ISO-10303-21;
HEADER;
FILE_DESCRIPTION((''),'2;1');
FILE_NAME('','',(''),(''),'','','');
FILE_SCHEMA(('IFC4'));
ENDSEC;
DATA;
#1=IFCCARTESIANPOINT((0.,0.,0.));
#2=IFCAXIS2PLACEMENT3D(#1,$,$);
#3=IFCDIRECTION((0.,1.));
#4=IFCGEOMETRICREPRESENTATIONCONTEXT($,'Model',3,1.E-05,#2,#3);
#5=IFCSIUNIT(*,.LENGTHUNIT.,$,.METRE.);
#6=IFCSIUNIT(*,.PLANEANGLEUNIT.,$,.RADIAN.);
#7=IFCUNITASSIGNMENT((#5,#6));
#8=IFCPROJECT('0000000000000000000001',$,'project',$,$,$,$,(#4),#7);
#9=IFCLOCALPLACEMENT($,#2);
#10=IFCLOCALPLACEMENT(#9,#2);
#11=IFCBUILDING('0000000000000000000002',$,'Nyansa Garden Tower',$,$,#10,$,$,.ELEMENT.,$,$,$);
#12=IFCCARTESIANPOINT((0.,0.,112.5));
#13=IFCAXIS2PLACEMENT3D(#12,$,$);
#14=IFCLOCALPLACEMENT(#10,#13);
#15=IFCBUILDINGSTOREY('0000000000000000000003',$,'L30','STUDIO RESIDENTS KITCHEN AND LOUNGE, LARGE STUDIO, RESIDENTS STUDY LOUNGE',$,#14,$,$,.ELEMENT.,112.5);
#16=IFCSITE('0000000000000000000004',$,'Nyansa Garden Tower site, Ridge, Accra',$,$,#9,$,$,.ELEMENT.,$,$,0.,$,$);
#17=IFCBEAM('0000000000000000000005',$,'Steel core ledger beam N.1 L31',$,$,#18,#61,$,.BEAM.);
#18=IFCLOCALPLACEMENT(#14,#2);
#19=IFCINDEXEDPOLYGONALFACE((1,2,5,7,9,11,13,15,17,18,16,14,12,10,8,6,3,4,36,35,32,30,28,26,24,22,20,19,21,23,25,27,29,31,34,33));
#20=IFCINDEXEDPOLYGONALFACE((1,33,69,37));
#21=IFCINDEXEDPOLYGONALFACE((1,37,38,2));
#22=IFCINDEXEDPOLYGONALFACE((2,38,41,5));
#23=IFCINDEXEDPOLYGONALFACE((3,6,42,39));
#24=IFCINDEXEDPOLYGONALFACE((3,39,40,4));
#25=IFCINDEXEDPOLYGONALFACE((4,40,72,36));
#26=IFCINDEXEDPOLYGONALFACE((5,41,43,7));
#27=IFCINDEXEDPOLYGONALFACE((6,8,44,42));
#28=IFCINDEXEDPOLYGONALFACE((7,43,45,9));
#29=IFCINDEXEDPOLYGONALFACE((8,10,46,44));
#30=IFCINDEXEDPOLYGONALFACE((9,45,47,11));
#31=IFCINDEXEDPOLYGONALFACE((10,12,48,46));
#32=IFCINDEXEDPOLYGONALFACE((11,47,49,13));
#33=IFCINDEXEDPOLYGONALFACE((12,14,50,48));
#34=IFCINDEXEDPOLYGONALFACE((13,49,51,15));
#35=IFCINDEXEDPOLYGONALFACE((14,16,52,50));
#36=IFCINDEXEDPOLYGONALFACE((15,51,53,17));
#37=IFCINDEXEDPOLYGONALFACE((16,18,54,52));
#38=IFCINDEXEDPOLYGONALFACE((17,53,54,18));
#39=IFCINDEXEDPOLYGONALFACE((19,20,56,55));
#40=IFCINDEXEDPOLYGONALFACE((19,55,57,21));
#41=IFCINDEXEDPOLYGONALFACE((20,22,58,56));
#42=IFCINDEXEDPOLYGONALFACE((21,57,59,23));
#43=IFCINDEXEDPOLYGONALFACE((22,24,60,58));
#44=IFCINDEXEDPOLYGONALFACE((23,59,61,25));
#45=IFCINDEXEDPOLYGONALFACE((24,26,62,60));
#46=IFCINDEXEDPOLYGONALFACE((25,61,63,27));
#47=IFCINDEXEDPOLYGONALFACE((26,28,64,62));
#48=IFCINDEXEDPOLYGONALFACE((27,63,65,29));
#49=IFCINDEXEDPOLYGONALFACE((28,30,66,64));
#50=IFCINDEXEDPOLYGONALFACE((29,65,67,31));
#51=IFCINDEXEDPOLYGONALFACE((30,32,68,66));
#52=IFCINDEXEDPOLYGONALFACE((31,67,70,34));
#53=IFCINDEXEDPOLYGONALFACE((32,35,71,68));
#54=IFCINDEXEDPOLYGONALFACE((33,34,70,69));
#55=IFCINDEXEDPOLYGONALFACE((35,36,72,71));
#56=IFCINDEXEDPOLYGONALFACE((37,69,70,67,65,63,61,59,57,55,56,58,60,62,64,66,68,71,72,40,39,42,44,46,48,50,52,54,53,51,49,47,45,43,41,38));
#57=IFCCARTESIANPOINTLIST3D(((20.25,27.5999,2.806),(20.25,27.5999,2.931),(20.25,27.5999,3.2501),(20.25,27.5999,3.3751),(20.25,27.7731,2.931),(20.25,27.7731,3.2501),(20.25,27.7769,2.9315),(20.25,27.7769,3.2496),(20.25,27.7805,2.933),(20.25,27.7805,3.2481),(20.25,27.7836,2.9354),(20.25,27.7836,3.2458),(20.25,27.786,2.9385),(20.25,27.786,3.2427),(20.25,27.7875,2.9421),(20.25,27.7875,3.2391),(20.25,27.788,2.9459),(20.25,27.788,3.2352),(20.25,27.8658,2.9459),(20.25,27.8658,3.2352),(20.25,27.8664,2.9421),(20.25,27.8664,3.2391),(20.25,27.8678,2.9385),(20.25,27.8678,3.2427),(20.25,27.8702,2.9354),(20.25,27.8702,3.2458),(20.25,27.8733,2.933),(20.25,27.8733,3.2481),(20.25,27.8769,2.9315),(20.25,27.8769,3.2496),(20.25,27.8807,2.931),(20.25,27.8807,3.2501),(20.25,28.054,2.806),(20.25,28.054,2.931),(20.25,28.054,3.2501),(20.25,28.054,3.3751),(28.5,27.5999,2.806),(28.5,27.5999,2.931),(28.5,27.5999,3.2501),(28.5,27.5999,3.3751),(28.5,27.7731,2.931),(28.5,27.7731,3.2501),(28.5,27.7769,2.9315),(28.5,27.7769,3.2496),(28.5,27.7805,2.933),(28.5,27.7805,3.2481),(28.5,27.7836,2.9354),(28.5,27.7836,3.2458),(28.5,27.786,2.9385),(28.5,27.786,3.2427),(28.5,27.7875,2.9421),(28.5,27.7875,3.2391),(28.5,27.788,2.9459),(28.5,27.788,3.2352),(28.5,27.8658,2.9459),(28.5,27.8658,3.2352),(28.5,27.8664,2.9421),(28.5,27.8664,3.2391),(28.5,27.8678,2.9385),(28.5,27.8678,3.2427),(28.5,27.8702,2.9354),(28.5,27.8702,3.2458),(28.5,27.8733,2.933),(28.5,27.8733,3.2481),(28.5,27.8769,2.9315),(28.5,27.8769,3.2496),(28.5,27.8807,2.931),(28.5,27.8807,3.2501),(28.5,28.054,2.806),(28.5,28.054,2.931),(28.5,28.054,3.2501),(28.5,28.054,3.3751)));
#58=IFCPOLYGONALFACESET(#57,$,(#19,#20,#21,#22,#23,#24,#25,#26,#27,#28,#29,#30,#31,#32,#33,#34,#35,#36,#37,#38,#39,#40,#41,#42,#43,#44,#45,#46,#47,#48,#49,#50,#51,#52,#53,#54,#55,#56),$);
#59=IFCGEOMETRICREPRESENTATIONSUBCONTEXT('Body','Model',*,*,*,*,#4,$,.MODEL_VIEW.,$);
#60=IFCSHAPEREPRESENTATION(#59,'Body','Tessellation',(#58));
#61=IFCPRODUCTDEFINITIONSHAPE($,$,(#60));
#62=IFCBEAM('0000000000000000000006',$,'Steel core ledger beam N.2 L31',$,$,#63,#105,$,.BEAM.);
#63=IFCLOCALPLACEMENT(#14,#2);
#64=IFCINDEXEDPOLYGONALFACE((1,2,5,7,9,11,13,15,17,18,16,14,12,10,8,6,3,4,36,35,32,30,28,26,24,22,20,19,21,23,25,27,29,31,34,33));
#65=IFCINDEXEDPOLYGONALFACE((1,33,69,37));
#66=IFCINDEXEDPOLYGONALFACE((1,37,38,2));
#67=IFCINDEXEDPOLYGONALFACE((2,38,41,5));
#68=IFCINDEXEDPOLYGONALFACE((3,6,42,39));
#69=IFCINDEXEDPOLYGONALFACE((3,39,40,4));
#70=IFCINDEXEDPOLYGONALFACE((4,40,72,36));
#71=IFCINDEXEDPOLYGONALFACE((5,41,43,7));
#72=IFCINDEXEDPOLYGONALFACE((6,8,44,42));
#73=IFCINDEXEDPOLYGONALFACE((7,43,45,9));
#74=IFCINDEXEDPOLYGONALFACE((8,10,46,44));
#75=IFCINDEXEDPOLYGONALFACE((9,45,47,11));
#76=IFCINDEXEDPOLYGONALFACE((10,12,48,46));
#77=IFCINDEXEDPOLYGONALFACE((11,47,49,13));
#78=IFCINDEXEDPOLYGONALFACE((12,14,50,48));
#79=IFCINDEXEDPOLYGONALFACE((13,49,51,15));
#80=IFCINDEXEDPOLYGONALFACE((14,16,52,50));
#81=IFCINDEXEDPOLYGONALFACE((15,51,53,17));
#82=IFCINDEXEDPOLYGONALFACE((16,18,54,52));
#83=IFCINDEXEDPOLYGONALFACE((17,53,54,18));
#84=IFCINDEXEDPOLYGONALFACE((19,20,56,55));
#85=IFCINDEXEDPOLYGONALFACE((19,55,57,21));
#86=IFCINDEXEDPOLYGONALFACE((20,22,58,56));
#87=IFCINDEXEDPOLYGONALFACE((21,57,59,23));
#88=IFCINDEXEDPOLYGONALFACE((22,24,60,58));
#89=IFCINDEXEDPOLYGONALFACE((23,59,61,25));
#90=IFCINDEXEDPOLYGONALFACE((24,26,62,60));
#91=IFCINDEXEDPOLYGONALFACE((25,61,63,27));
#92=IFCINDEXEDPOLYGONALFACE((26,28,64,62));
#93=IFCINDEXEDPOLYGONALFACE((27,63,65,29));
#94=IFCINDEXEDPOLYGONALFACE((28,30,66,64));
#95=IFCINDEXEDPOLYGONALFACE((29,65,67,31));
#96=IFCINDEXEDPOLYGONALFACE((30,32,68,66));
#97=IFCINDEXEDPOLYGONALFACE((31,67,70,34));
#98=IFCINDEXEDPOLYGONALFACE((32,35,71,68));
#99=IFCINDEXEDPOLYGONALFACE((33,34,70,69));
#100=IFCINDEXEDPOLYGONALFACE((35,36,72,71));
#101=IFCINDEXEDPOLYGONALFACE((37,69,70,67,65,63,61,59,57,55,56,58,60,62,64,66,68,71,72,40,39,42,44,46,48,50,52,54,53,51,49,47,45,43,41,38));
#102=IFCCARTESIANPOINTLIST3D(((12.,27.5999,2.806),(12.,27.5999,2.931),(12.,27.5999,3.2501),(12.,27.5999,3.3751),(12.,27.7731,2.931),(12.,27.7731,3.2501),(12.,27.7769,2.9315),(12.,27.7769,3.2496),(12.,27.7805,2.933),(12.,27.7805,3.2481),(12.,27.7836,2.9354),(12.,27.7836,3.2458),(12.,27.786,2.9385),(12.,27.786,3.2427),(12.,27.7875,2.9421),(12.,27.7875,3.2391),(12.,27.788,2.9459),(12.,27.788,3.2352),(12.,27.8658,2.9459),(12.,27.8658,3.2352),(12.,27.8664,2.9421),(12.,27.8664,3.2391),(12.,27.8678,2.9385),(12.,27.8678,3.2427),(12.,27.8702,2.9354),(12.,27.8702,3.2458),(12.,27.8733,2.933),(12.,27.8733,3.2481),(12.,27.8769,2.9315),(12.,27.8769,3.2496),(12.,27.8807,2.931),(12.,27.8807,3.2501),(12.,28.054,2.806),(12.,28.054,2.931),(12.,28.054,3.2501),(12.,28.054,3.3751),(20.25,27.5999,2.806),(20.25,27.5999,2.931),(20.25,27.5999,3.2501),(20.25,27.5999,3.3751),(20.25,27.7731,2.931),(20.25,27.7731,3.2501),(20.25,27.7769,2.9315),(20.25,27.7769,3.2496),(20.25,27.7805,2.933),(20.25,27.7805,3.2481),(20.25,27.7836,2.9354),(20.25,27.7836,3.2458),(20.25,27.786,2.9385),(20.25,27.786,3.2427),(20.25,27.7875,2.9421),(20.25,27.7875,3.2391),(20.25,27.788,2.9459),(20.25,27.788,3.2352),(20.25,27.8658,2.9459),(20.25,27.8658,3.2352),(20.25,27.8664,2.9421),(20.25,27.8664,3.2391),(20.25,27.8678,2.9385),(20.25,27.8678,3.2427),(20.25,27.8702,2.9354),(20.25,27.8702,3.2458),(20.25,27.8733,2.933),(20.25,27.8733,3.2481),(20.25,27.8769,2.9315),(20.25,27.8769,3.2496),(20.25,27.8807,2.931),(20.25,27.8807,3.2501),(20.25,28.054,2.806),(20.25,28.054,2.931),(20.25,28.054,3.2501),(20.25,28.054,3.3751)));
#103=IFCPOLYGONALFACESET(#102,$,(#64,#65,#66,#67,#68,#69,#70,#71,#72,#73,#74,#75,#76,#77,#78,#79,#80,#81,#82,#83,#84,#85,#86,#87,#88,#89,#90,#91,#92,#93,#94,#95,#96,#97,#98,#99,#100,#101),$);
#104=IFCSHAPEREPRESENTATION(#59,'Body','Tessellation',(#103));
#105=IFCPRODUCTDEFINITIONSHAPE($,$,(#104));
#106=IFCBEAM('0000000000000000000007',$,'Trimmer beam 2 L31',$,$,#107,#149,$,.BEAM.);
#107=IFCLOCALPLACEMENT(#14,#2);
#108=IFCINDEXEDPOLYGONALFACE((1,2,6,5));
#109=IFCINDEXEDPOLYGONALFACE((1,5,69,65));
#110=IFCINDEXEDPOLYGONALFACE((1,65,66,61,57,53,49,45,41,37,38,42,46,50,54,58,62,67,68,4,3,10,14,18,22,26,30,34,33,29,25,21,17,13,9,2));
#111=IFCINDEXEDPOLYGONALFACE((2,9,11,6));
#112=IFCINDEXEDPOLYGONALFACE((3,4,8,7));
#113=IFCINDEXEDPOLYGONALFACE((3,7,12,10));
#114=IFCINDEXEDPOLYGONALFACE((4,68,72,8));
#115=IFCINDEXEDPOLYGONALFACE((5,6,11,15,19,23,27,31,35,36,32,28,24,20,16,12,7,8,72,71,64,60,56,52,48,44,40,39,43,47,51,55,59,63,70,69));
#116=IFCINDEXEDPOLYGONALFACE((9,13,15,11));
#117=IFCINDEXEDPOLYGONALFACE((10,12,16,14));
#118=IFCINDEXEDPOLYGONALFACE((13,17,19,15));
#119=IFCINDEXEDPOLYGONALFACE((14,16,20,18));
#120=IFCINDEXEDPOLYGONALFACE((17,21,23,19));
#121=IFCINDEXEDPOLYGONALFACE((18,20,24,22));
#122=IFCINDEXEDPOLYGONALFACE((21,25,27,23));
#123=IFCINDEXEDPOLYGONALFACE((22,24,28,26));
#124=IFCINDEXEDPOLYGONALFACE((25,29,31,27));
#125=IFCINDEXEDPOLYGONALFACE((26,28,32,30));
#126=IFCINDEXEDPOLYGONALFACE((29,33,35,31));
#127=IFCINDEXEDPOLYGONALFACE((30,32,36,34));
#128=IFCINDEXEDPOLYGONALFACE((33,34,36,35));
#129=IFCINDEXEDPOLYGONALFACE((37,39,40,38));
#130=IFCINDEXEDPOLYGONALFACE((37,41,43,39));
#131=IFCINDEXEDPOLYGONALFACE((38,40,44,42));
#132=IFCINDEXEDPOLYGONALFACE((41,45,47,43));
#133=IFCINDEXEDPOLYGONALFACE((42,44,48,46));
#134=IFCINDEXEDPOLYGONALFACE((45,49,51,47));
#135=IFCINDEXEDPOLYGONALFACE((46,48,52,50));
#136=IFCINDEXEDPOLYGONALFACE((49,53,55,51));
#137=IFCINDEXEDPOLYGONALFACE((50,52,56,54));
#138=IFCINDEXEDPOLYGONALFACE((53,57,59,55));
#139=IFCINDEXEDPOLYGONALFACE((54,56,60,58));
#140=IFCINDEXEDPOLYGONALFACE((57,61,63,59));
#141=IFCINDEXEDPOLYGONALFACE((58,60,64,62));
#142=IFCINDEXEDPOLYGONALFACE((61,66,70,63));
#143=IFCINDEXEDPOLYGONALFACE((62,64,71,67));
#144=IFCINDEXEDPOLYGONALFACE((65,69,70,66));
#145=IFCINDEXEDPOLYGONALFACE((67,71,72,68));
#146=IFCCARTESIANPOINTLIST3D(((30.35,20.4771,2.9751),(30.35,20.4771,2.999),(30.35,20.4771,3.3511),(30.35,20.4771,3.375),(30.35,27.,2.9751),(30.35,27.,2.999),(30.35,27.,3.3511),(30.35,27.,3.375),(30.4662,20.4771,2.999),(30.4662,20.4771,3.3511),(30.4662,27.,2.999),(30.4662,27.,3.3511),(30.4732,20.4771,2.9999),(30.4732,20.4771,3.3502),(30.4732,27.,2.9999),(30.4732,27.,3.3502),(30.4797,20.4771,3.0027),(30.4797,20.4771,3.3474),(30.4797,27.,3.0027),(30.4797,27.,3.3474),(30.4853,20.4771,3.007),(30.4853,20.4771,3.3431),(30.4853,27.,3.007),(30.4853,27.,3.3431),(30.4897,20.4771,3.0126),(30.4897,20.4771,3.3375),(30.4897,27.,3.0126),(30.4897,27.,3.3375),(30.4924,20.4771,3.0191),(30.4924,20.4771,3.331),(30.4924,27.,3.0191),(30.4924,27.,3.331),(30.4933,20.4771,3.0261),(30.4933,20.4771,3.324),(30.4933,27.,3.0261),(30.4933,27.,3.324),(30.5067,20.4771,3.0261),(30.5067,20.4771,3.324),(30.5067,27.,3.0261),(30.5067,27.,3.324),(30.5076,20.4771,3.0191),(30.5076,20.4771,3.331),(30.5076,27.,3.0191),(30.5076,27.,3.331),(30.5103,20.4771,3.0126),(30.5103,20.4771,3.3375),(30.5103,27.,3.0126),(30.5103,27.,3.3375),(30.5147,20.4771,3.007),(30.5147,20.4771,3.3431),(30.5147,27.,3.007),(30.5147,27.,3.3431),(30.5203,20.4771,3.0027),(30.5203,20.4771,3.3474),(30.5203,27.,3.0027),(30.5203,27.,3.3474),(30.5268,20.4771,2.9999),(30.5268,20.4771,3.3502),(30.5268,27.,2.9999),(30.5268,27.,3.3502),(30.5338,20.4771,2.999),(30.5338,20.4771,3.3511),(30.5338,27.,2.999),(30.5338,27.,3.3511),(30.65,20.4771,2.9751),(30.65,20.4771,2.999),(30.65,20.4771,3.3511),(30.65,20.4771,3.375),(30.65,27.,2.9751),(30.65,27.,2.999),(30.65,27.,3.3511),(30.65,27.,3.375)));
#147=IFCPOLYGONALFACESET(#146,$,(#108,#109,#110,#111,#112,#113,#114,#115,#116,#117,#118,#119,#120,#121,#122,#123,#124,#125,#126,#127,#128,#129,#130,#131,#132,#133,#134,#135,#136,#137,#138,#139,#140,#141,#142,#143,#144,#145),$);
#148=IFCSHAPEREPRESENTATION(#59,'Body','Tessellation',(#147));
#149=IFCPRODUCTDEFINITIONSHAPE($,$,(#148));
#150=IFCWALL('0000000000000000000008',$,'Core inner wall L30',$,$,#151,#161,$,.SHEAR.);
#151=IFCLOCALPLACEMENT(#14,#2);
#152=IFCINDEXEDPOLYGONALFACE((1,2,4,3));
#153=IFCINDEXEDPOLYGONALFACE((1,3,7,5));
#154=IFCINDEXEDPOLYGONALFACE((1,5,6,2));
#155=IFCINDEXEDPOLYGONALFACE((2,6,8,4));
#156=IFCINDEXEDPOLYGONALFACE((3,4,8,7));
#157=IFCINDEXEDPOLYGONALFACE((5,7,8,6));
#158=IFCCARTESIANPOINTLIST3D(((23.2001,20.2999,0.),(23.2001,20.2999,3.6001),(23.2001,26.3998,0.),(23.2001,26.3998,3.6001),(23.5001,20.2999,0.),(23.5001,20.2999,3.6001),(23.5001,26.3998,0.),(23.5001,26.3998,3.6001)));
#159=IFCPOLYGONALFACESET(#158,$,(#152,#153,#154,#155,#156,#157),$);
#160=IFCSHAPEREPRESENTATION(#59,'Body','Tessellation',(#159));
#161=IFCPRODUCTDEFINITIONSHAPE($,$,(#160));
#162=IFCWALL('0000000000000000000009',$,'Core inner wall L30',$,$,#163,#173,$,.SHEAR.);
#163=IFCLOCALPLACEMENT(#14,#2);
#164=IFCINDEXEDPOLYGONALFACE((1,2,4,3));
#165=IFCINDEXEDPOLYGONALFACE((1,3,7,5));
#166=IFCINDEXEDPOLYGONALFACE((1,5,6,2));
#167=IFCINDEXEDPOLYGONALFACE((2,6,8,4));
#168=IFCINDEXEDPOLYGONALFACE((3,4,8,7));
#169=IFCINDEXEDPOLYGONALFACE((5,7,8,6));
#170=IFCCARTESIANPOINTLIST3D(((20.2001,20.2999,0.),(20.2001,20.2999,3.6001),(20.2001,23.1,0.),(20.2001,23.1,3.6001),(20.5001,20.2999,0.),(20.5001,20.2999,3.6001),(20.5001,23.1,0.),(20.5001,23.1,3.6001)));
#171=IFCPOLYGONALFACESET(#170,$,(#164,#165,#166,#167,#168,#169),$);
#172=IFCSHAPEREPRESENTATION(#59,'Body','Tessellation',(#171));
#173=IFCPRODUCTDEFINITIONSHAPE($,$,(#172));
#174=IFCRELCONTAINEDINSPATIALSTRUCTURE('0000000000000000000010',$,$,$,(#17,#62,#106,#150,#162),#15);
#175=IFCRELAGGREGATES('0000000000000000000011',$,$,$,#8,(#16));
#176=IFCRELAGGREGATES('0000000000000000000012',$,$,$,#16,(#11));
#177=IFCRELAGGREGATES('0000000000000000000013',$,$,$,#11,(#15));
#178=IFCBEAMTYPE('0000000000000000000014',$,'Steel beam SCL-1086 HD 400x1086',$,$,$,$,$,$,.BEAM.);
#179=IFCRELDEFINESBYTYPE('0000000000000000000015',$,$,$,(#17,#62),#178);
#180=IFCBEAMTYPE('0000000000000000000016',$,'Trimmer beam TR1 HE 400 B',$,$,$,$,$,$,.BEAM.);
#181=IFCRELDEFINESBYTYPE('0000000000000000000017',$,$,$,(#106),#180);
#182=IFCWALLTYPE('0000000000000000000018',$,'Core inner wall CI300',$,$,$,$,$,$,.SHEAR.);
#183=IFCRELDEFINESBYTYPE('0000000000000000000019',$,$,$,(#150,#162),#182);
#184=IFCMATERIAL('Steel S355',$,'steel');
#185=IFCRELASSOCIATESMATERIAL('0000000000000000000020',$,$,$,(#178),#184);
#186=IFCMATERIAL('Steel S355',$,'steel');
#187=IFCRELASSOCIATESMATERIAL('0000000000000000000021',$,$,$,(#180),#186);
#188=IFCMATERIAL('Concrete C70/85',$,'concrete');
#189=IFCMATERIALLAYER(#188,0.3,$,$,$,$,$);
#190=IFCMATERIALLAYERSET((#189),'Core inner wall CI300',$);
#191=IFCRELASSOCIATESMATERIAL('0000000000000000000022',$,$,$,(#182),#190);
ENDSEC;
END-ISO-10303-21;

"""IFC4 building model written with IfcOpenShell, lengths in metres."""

from ifc_helpers import new_model, si_unit, direction, frame, frame_2d, origin, origin_2d, place, context, subcontext, project, spatial, rectangle, i_section, extrude, material, layer, layer_set, material_profile, profile_set, type_object, element, save


model = new_model("IFC4")

# Units and contexts
model_context = context("Model", 3, precision=1e-05, world=origin(), true_north=direction((0.0, 1.0)))
body_context = subcontext(model_context, "Body", "Model", "MODEL_VIEW")
ifc_project = project(units=[si_unit("LENGTHUNIT", "METRE"), si_unit("PLANEANGLEUNIT", "RADIAN")], contexts=[model_context])

# Site, building, storey
site_placement = place(None, origin())
site = spatial("IfcSite", under=ifc_project, at=site_placement, Name="Nyansa Garden Tower site, Ridge, Accra", CompositionType="ELEMENT", RefElevation=0.0)
building_placement = place(site_placement, origin())
building = spatial("IfcBuilding", under=site, at=building_placement, Name="Nyansa Garden Tower", CompositionType="ELEMENT")
storey_placement = place(building_placement, frame((0.0, 0.0, 112.5)))
storey = spatial("IfcBuildingStorey", under=building, at=storey_placement, Name="L30", Description="STUDIO RESIDENTS KITCHEN AND LOUNGE, LARGE STUDIO, RESIDENTS STUDY LOUNGE", CompositionType="ELEMENT", Elevation=112.5)

# Beams
ifc_material_1 = material(Name="Steel S355", Category="steel")
ifc_material_profile_1 = material_profile(ifc_material_1, i_section(OverallWidth=0.4541, OverallDepth=0.5691, WebThickness=0.0779, FlangeThickness=0.125, FilletRadius=0.0149, at=origin_2d()), Name="HD 400x1086")
ifc_profile_set_1 = profile_set([ifc_material_profile_1], Name="Steel S355")
beam_type_1 = type_object("IfcBeamType", Name="Steel beam SCL-1086 HD 400x1086", PredefinedType="BEAM", material=ifc_profile_set_1)
for number, where, z_axis, x_axis, name in (
    (1, (28.5, 27.8269, 3.0906), (-1.0, 0.0, 0.0), (0.0, -1.0, 0.0), "Steel core ledger beam N.1 L31"),
    (2, (20.25, 27.8269, 3.0906), (-1.0, 0.0, 0.0), (0.0, -1.0, 0.0), "Steel core ledger beam N.2 L31"),
):
    element("IfcBeam", number, at=place(storey_placement, frame(where, z_axis=z_axis, x_axis=x_axis)), inside=storey, type_object=beam_type_1, Name=name, PredefinedType="BEAM", context=body_context, shape_type="SweptSolid", body=[
        extrude(i_section(OverallWidth=0.4541, OverallDepth=0.5691, WebThickness=0.0779, FlangeThickness=0.125, FilletRadius=0.0149, at=origin_2d()), origin(), (0.0, 0.0, 1.0), 8.25),
    ])
ifc_material_2 = material(Name="Steel S355", Category="steel")
ifc_material_profile_2 = material_profile(ifc_material_2, i_section(OverallWidth=0.3, OverallDepth=0.3999, WebThickness=0.0134, FlangeThickness=0.0239, FilletRadius=0.0271, at=origin_2d()), Name="HE 400 B")
ifc_profile_set_2 = profile_set([ifc_material_profile_2], Name="Steel S355")
beam_type_2 = type_object("IfcBeamType", Name="Trimmer beam TR1 HE 400 B", PredefinedType="BEAM", material=ifc_profile_set_2)
beam_1_placement = place(storey_placement, frame((30.5, 20.4771, 3.175), z_axis=(0.0, 1.0, 0.0), x_axis=(-1.0, 0.0, 0.0)))
element("IfcBeam", 3, at=beam_1_placement, inside=storey, type_object=beam_type_2, Name="Trimmer beam 2 L31", PredefinedType="BEAM", context=body_context, shape_type="SweptSolid", body=[
    extrude(i_section(OverallWidth=0.3, OverallDepth=0.3999, WebThickness=0.0134, FlangeThickness=0.0239, FilletRadius=0.0271, at=origin_2d()), origin(), (0.0, 0.0, 1.0), 6.5229),
])

# Walls
ifc_material_3 = material(Name="Concrete C70/85", Category="concrete")
ifc_layer_1 = layer(ifc_material_3, 0.3)
ifc_layer_set_1 = layer_set([ifc_layer_1], Name="Core inner wall CI300")
wall_type_1 = type_object("IfcWallType", Name="Core inner wall CI300", PredefinedType="SHEAR", material=ifc_layer_set_1)
wall_1_placement = place(storey_placement, frame((23.3501, 20.3, 0.0), z_axis=(0.0, 0.0, 1.0), x_axis=(0.0, 1.0, 0.0)))
element("IfcWall", 4, at=wall_1_placement, inside=storey, type_object=wall_type_1, Name="Core inner wall L30", PredefinedType="SHEAR", context=body_context, shape_type="SweptSolid", body=[
    extrude(rectangle(XDim=6.0999, YDim=0.3, at=frame_2d((3.0498, 0.0))), origin(), (0.0, 0.0, 1.0), 3.6001),
])
wall_2_placement = place(storey_placement, frame((20.3501, 20.3, 0.0), z_axis=(0.0, 0.0, 1.0), x_axis=(0.0, 1.0, 0.0)))
element("IfcWall", 5, at=wall_2_placement, inside=storey, type_object=wall_type_1, Name="Core inner wall L30", PredefinedType="SHEAR", context=body_context, shape_type="SweptSolid", body=[
    extrude(rectangle(XDim=2.8, YDim=0.3, at=frame_2d((1.3999, 0.0))), origin(), (0.0, 0.0, 1.0), 3.6001),
])

save(model, "model.ifc")
